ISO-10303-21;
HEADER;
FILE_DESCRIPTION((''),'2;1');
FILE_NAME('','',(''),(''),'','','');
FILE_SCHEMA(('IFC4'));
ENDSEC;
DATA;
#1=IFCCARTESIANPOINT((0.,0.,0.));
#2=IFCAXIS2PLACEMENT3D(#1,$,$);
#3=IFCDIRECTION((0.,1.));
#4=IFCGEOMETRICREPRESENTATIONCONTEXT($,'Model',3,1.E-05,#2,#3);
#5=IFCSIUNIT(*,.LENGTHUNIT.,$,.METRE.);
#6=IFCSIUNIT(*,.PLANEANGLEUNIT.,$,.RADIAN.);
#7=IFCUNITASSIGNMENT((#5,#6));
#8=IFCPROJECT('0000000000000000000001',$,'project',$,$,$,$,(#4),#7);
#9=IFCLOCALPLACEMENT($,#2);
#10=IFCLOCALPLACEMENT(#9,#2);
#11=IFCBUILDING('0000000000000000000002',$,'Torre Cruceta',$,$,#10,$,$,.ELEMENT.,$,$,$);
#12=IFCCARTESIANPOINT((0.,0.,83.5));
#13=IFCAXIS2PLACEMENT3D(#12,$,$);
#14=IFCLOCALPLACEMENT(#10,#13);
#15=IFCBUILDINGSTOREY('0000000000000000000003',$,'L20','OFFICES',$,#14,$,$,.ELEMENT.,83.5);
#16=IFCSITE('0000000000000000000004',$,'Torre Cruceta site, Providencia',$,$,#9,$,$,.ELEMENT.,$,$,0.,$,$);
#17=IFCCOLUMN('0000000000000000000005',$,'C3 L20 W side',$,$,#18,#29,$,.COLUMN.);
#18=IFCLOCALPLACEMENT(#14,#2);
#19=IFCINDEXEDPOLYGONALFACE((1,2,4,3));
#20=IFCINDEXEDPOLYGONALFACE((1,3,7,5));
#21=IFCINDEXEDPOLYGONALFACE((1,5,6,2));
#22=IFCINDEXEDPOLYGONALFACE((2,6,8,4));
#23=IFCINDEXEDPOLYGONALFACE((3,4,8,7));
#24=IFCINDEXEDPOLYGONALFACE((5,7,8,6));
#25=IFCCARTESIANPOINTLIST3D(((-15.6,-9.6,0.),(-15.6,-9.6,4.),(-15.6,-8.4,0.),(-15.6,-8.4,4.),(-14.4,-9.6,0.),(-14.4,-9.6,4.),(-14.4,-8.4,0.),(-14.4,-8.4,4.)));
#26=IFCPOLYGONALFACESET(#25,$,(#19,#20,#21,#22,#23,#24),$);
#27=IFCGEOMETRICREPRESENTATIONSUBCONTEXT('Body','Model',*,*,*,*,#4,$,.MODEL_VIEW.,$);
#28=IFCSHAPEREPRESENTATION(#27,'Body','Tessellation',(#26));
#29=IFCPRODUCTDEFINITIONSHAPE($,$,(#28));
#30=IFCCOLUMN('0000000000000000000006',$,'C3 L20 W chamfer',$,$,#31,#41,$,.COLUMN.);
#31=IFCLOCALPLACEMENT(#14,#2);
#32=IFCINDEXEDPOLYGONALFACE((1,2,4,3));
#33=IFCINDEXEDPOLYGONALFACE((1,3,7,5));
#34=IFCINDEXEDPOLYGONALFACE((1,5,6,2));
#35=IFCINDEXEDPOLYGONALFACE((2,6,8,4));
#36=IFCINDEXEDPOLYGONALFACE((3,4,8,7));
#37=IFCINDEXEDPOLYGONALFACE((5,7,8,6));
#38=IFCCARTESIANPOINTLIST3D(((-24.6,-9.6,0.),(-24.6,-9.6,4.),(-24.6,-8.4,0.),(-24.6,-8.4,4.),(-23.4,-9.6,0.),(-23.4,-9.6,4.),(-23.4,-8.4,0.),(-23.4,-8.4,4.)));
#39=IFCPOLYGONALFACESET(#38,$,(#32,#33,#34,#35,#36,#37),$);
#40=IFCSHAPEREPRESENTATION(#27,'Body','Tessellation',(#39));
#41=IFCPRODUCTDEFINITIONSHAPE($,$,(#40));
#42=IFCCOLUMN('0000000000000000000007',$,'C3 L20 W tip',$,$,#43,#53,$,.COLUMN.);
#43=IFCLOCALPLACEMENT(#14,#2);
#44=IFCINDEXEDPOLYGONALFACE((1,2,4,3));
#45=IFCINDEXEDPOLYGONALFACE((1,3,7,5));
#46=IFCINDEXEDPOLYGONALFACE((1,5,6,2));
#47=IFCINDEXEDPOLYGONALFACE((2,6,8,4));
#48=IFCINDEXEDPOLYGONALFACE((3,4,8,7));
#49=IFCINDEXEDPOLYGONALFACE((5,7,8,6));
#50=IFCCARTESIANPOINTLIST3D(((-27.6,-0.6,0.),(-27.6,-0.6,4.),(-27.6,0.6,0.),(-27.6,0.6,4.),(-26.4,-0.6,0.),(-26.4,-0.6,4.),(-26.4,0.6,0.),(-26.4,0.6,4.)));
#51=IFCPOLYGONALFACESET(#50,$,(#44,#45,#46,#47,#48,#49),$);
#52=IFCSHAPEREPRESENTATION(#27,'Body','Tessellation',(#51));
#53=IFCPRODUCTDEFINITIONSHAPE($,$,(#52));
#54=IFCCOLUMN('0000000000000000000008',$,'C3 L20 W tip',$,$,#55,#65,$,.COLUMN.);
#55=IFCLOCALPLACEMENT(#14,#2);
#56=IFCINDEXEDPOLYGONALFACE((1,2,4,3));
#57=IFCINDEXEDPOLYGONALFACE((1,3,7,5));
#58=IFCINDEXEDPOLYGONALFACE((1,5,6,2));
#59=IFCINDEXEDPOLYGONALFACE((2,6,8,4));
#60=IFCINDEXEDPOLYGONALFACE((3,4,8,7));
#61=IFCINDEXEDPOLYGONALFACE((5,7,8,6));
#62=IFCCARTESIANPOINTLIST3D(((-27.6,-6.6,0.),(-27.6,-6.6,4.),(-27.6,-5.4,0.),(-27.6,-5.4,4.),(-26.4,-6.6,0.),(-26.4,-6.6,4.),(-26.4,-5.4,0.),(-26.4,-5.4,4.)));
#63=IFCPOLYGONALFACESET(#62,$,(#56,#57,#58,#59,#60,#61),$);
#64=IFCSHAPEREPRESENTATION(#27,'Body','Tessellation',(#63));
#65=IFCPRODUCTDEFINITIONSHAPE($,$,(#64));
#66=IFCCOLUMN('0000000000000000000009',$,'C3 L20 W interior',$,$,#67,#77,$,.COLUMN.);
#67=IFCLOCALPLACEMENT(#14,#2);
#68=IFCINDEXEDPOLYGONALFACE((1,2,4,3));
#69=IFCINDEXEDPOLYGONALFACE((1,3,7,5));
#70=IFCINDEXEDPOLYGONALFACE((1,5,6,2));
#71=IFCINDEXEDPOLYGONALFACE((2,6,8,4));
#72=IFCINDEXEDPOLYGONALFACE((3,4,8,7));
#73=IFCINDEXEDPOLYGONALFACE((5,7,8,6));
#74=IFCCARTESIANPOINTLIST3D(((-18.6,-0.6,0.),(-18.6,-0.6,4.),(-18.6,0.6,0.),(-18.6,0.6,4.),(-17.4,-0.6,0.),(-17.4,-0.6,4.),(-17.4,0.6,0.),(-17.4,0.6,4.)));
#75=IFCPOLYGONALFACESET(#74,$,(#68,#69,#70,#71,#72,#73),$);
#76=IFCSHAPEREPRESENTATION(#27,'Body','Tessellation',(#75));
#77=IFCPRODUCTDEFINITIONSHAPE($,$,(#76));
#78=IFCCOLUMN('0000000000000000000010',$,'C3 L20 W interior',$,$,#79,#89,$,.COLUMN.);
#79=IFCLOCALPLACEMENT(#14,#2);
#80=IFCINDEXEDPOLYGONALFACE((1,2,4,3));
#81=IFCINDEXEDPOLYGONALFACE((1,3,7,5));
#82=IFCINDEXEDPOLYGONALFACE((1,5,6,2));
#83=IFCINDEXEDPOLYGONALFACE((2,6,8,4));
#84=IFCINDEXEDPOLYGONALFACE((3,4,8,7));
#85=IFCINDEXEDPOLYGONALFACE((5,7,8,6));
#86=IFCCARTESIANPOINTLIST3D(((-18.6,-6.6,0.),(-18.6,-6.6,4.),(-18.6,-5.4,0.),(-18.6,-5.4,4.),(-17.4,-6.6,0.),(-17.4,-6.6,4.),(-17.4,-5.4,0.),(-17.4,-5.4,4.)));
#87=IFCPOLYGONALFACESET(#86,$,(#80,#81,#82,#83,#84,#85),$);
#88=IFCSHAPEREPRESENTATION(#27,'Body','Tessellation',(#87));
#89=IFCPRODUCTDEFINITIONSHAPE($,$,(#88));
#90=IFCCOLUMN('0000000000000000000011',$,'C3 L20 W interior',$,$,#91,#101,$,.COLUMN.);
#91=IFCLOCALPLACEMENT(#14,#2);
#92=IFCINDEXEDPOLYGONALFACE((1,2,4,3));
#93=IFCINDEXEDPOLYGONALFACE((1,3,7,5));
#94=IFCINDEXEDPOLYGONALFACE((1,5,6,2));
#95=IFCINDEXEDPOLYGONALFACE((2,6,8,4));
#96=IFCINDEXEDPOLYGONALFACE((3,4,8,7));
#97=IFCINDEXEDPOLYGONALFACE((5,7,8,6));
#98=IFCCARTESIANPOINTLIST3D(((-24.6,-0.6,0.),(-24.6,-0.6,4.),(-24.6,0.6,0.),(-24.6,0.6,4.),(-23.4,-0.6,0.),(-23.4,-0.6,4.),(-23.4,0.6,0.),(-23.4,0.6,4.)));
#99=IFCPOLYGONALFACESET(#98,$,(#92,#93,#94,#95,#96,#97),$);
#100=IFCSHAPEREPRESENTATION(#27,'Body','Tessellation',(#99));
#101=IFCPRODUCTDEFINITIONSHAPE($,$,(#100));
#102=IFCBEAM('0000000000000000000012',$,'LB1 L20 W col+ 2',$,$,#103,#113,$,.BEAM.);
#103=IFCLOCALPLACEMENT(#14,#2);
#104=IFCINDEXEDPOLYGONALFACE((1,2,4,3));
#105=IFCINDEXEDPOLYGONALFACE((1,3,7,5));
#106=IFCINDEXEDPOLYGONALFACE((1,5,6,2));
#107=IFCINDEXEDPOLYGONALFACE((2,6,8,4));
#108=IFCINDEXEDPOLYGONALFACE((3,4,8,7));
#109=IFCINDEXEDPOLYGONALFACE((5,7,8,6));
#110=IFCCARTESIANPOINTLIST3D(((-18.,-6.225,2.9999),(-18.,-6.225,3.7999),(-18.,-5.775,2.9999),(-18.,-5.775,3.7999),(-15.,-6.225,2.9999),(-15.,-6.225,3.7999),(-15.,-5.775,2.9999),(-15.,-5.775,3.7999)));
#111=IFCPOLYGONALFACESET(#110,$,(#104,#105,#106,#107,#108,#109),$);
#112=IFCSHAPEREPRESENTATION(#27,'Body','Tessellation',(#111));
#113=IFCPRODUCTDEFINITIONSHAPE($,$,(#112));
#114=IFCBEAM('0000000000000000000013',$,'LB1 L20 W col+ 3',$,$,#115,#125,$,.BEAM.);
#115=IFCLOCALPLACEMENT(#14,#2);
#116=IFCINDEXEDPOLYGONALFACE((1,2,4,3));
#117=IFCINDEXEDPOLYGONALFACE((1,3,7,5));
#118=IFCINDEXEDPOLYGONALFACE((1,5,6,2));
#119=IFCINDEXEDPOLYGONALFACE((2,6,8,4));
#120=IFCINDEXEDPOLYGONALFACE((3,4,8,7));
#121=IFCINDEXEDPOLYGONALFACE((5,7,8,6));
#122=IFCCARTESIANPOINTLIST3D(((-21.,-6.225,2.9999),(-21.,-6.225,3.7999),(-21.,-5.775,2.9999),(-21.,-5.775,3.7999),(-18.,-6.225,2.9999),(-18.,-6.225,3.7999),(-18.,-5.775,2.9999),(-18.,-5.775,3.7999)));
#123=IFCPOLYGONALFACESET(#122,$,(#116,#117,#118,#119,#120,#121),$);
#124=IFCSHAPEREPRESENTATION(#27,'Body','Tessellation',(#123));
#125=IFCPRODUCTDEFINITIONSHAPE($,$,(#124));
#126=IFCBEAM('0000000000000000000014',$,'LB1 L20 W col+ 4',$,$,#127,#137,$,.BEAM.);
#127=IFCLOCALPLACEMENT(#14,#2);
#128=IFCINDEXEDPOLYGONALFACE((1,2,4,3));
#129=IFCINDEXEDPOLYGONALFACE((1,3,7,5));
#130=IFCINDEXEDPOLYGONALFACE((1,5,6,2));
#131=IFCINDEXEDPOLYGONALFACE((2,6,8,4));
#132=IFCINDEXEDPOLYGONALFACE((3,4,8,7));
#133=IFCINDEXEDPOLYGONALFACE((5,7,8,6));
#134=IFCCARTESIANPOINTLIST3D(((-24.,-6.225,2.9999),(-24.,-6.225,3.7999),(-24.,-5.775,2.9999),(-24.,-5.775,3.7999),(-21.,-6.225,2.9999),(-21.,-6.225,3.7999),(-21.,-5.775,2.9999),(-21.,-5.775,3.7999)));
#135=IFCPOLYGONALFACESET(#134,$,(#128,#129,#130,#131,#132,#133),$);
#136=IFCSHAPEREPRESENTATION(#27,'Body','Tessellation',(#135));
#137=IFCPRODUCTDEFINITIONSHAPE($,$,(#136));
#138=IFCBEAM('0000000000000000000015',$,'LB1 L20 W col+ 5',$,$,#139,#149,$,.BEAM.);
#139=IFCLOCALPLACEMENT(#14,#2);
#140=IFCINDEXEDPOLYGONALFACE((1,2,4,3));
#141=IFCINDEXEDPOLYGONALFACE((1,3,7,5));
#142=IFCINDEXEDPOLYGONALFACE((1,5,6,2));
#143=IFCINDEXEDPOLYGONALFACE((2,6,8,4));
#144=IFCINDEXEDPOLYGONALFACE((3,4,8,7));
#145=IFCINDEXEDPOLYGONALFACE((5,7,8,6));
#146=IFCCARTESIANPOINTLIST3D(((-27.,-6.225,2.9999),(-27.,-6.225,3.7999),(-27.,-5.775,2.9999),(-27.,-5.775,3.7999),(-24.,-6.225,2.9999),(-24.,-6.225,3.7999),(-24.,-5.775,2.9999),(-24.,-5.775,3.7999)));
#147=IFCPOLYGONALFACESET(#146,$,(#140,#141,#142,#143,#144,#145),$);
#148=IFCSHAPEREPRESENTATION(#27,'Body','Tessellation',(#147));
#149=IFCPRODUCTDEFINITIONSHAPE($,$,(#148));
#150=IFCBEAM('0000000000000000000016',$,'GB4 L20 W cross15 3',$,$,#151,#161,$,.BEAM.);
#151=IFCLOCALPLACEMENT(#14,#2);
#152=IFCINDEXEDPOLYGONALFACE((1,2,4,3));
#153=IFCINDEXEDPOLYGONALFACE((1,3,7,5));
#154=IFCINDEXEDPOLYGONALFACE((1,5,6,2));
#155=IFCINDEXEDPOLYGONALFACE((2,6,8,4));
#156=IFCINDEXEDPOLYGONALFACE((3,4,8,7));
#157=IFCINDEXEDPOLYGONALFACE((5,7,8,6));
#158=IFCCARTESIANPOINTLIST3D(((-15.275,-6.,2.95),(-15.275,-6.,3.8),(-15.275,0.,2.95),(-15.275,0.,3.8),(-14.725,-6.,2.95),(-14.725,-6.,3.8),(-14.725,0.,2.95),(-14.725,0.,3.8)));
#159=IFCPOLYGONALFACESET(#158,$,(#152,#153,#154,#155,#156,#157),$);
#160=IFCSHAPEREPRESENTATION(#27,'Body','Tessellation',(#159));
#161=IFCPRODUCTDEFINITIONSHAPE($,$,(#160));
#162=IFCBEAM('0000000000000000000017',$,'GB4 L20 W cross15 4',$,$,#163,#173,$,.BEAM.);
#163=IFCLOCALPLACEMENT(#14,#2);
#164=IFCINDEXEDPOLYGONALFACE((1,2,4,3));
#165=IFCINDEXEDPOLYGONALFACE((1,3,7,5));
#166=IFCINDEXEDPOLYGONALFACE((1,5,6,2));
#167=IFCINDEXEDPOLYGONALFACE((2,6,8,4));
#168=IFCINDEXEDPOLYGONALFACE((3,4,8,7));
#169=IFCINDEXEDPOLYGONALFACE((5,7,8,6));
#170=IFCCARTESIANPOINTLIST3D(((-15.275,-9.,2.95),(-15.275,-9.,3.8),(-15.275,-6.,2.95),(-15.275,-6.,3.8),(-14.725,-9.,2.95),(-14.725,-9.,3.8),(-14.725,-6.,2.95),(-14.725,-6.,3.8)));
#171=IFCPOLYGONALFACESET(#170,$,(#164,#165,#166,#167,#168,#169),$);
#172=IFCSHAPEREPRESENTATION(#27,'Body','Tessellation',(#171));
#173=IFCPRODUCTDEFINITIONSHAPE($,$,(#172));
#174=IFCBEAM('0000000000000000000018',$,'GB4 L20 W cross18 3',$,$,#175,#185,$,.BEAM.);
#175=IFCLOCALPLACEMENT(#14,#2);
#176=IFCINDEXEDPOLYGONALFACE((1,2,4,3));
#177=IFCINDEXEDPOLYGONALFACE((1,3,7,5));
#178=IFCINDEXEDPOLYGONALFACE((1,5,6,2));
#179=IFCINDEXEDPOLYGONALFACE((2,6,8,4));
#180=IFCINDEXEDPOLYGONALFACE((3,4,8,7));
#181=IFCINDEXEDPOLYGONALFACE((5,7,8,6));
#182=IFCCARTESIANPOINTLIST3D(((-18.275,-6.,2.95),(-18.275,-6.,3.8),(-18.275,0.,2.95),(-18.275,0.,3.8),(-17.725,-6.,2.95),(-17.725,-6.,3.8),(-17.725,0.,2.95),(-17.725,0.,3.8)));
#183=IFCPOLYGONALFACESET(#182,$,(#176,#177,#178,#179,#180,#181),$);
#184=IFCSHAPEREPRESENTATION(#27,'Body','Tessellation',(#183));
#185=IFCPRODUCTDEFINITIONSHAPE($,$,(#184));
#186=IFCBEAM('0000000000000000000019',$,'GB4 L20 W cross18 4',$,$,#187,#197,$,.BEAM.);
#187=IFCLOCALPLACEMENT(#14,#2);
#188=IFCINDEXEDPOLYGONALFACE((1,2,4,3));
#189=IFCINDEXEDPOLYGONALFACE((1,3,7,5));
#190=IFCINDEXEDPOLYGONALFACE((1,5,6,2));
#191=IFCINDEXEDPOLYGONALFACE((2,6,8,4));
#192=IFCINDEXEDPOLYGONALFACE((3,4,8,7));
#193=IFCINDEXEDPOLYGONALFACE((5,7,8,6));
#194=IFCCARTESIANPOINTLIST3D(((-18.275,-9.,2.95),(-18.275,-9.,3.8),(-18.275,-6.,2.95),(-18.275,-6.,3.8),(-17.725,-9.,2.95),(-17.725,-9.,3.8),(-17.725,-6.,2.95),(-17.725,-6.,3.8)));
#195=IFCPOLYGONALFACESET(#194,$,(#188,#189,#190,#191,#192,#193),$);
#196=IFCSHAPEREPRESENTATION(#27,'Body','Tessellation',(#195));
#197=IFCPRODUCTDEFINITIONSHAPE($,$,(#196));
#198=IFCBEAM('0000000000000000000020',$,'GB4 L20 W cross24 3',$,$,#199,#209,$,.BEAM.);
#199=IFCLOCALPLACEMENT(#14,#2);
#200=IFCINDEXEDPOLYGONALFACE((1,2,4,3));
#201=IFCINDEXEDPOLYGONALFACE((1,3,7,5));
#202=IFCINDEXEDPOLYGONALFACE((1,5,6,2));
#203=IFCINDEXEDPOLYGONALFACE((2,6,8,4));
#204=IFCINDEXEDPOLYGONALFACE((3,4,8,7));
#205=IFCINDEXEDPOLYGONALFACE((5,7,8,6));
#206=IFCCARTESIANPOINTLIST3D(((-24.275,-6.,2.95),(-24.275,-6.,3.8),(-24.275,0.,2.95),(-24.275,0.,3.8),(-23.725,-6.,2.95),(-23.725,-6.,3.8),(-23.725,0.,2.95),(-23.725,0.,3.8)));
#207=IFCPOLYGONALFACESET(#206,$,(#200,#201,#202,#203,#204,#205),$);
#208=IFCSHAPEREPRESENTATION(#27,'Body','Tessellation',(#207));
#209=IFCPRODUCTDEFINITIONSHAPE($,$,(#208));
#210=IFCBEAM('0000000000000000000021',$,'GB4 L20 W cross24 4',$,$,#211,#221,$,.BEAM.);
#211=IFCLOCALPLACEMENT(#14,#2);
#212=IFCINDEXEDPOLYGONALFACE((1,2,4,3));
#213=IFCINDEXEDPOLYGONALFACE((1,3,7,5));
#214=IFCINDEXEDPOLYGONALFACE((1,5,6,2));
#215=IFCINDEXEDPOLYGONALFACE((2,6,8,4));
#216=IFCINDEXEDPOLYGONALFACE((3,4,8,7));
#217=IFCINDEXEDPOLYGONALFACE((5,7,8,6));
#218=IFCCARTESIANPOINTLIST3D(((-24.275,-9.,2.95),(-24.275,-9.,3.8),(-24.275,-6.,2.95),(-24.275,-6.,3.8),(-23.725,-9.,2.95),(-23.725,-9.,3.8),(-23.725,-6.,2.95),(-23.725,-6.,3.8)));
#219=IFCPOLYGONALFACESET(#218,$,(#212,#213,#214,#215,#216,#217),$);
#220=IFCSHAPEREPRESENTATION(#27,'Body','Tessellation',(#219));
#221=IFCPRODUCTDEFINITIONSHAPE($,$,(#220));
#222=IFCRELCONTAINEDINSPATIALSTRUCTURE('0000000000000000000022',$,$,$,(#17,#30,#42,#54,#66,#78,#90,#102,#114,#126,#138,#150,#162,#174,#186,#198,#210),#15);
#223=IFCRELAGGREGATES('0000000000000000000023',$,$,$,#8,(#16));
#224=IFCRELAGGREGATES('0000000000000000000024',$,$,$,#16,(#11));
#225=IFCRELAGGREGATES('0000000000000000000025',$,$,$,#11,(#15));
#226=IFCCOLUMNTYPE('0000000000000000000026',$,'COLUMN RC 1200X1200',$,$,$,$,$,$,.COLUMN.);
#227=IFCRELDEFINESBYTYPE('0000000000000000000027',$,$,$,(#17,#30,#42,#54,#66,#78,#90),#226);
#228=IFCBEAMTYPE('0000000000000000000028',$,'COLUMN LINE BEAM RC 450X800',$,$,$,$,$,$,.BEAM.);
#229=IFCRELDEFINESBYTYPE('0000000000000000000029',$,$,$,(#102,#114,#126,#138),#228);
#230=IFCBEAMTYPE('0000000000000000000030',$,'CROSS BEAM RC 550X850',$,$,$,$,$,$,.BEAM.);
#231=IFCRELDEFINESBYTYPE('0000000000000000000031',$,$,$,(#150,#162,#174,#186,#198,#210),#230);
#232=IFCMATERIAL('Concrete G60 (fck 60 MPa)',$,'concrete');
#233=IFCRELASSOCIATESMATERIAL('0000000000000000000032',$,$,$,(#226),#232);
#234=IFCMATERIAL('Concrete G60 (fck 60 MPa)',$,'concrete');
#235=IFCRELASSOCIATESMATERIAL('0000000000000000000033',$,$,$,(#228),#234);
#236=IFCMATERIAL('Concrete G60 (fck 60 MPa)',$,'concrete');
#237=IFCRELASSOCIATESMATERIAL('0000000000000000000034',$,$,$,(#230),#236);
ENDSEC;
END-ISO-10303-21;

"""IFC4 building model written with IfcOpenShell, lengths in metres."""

from ifc_helpers import new_model, si_unit, direction, frame, origin, origin_2d, place, context, subcontext, project, spatial, rectangle, extrude, material, material_profile, profile_set, type_object, element, save


model = new_model("IFC4")

# Units and contexts
model_context = context("Model", 3, precision=1e-05, world=origin(), true_north=direction((0.0, 1.0)))
body_context = subcontext(model_context, "Body", "Model", "MODEL_VIEW")
ifc_project = project(units=[si_unit("LENGTHUNIT", "METRE"), si_unit("PLANEANGLEUNIT", "RADIAN")], contexts=[model_context])

# Site, building, storey
site_placement = place(None, origin())
site = spatial("IfcSite", under=ifc_project, at=site_placement, Name="Torre Cruceta site, Providencia", CompositionType="ELEMENT", RefElevation=0.0)
building_placement = place(site_placement, origin())
building = spatial("IfcBuilding", under=site, at=building_placement, Name="Torre Cruceta", CompositionType="ELEMENT")
storey_placement = place(building_placement, frame((0.0, 0.0, 83.5)))
storey = spatial("IfcBuildingStorey", under=building, at=storey_placement, Name="L20", Description="OFFICES", CompositionType="ELEMENT", Elevation=83.5)

# Columns
ifc_material_1 = material(Name="Concrete G60 (fck 60 MPa)", Category="concrete")
ifc_material_profile_1 = material_profile(ifc_material_1, rectangle(XDim=1.2, YDim=1.2, at=origin_2d()), Name="RC 1200X1200")
ifc_profile_set_1 = profile_set([ifc_material_profile_1], Name="Concrete G60 (fck 60 MPa)")
column_type = type_object("IfcColumnType", Name="COLUMN RC 1200X1200", PredefinedType="COLUMN", material=ifc_profile_set_1)
for number, where, z_axis, x_axis, name in (
    (1, (-15.0, -9.0, 0.0), (0.0, 0.0, 1.0), (1.0, 0.0, 0.0), "C3 L20 W side"),
    (2, (-24.0, -9.0, 0.0), (0.0, 0.0, 1.0), (1.0, 0.0, 0.0), "C3 L20 W chamfer"),
    (3, (-27.0, 0.0, 0.0), (0.0, 0.0, 1.0), (1.0, 0.0, 0.0), "C3 L20 W tip"),
    (4, (-27.0, -6.0, 0.0), (0.0, 0.0, 1.0), (1.0, 0.0, 0.0), "C3 L20 W tip"),
    (5, (-18.0, 0.0, 0.0), (0.0, 0.0, 1.0), (1.0, 0.0, 0.0), "C3 L20 W interior"),
    (6, (-18.0, -6.0, 0.0), (0.0, 0.0, 1.0), (1.0, 0.0, 0.0), "C3 L20 W interior"),
    (7, (-24.0, 0.0, 0.0), (0.0, 0.0, 1.0), (1.0, 0.0, 0.0), "C3 L20 W interior"),
):
    element("IfcColumn", number, at=place(storey_placement, frame(where, z_axis=z_axis, x_axis=x_axis)), inside=storey, type_object=column_type, Name=name, PredefinedType="COLUMN", context=body_context, shape_type="SweptSolid", body=[
        extrude(rectangle(XDim=1.2, YDim=1.2, at=origin_2d()), origin(), (0.0, 0.0, 1.0), 4.0),
    ])

# Beams
ifc_material_2 = material(Name="Concrete G60 (fck 60 MPa)", Category="concrete")
ifc_material_profile_2 = material_profile(ifc_material_2, rectangle(XDim=0.45, YDim=0.8, at=origin_2d()), Name="RC 450X800")
ifc_profile_set_2 = profile_set([ifc_material_profile_2], Name="Concrete G60 (fck 60 MPa)")
beam_type_1 = type_object("IfcBeamType", Name="COLUMN LINE BEAM RC 450X800", PredefinedType="BEAM", material=ifc_profile_set_2)
for number, where, z_axis, x_axis, name in (
    (8, (-15.0, -6.0, 3.3999), (-1.0, 0.0, 0.0), (0.0, -1.0, 0.0), "LB1 L20 W col+ 2"),
    (9, (-18.0, -6.0, 3.3999), (-1.0, 0.0, 0.0), (0.0, -1.0, 0.0), "LB1 L20 W col+ 3"),
    (10, (-21.0, -6.0, 3.3999), (-1.0, 0.0, 0.0), (0.0, -1.0, 0.0), "LB1 L20 W col+ 4"),
    (11, (-24.0, -6.0, 3.3999), (-1.0, 0.0, 0.0), (0.0, -1.0, 0.0), "LB1 L20 W col+ 5"),
):
    element("IfcBeam", number, at=place(storey_placement, frame(where, z_axis=z_axis, x_axis=x_axis)), inside=storey, type_object=beam_type_1, Name=name, PredefinedType="BEAM", context=body_context, shape_type="SweptSolid", body=[
        extrude(rectangle(XDim=0.45, YDim=0.8, at=origin_2d()), origin(), (0.0, 0.0, 1.0), 3.0),
    ])
ifc_material_3 = material(Name="Concrete G60 (fck 60 MPa)", Category="concrete")
ifc_material_profile_3 = material_profile(ifc_material_3, rectangle(XDim=0.55, YDim=0.8501, at=origin_2d()), Name="RC 550X850")
ifc_profile_set_3 = profile_set([ifc_material_profile_3], Name="Concrete G60 (fck 60 MPa)")
beam_type_2 = type_object("IfcBeamType", Name="CROSS BEAM RC 550X850", PredefinedType="BEAM", material=ifc_profile_set_3)
beam_1_placement = place(storey_placement, frame((-15.0, 0.0, 3.375), z_axis=(0.0, -1.0, 0.0), x_axis=(1.0, 0.0, 0.0)))
element("IfcBeam", 12, at=beam_1_placement, inside=storey, type_object=beam_type_2, Name="GB4 L20 W cross15 3", PredefinedType="BEAM", context=body_context, shape_type="SweptSolid", body=[
    extrude(rectangle(XDim=0.55, YDim=0.8501, at=origin_2d()), origin(), (0.0, 0.0, 1.0), 6.0),
])
beam_2_placement = place(storey_placement, frame((-15.0, -6.0, 3.375), z_axis=(0.0, -1.0, 0.0), x_axis=(1.0, 0.0, 0.0)))
element("IfcBeam", 13, at=beam_2_placement, inside=storey, type_object=beam_type_2, Name="GB4 L20 W cross15 4", PredefinedType="BEAM", context=body_context, shape_type="SweptSolid", body=[
    extrude(rectangle(XDim=0.55, YDim=0.8501, at=origin_2d()), origin(), (0.0, 0.0, 1.0), 3.0),
])
beam_3_placement = place(storey_placement, frame((-18.0, 0.0, 3.375), z_axis=(0.0, -1.0, 0.0), x_axis=(1.0, 0.0, 0.0)))
element("IfcBeam", 14, at=beam_3_placement, inside=storey, type_object=beam_type_2, Name="GB4 L20 W cross18 3", PredefinedType="BEAM", context=body_context, shape_type="SweptSolid", body=[
    extrude(rectangle(XDim=0.55, YDim=0.8501, at=origin_2d()), origin(), (0.0, 0.0, 1.0), 6.0),
])
beam_4_placement = place(storey_placement, frame((-18.0, -6.0, 3.375), z_axis=(0.0, -1.0, 0.0), x_axis=(1.0, 0.0, 0.0)))
element("IfcBeam", 15, at=beam_4_placement, inside=storey, type_object=beam_type_2, Name="GB4 L20 W cross18 4", PredefinedType="BEAM", context=body_context, shape_type="SweptSolid", body=[
    extrude(rectangle(XDim=0.55, YDim=0.8501, at=origin_2d()), origin(), (0.0, 0.0, 1.0), 3.0),
])
beam_5_placement = place(storey_placement, frame((-24.0, 0.0, 3.375), z_axis=(0.0, -1.0, 0.0), x_axis=(1.0, 0.0, 0.0)))
element("IfcBeam", 16, at=beam_5_placement, inside=storey, type_object=beam_type_2, Name="GB4 L20 W cross24 3", PredefinedType="BEAM", context=body_context, shape_type="SweptSolid", body=[
    extrude(rectangle(XDim=0.55, YDim=0.8501, at=origin_2d()), origin(), (0.0, 0.0, 1.0), 6.0),
])
beam_6_placement = place(storey_placement, frame((-24.0, -6.0, 3.375), z_axis=(0.0, -1.0, 0.0), x_axis=(1.0, 0.0, 0.0)))
element("IfcBeam", 17, at=beam_6_placement, inside=storey, type_object=beam_type_2, Name="GB4 L20 W cross24 4", PredefinedType="BEAM", context=body_context, shape_type="SweptSolid", body=[
    extrude(rectangle(XDim=0.55, YDim=0.8501, at=origin_2d()), origin(), (0.0, 0.0, 1.0), 3.0),
])

save(model, "model.ifc")
